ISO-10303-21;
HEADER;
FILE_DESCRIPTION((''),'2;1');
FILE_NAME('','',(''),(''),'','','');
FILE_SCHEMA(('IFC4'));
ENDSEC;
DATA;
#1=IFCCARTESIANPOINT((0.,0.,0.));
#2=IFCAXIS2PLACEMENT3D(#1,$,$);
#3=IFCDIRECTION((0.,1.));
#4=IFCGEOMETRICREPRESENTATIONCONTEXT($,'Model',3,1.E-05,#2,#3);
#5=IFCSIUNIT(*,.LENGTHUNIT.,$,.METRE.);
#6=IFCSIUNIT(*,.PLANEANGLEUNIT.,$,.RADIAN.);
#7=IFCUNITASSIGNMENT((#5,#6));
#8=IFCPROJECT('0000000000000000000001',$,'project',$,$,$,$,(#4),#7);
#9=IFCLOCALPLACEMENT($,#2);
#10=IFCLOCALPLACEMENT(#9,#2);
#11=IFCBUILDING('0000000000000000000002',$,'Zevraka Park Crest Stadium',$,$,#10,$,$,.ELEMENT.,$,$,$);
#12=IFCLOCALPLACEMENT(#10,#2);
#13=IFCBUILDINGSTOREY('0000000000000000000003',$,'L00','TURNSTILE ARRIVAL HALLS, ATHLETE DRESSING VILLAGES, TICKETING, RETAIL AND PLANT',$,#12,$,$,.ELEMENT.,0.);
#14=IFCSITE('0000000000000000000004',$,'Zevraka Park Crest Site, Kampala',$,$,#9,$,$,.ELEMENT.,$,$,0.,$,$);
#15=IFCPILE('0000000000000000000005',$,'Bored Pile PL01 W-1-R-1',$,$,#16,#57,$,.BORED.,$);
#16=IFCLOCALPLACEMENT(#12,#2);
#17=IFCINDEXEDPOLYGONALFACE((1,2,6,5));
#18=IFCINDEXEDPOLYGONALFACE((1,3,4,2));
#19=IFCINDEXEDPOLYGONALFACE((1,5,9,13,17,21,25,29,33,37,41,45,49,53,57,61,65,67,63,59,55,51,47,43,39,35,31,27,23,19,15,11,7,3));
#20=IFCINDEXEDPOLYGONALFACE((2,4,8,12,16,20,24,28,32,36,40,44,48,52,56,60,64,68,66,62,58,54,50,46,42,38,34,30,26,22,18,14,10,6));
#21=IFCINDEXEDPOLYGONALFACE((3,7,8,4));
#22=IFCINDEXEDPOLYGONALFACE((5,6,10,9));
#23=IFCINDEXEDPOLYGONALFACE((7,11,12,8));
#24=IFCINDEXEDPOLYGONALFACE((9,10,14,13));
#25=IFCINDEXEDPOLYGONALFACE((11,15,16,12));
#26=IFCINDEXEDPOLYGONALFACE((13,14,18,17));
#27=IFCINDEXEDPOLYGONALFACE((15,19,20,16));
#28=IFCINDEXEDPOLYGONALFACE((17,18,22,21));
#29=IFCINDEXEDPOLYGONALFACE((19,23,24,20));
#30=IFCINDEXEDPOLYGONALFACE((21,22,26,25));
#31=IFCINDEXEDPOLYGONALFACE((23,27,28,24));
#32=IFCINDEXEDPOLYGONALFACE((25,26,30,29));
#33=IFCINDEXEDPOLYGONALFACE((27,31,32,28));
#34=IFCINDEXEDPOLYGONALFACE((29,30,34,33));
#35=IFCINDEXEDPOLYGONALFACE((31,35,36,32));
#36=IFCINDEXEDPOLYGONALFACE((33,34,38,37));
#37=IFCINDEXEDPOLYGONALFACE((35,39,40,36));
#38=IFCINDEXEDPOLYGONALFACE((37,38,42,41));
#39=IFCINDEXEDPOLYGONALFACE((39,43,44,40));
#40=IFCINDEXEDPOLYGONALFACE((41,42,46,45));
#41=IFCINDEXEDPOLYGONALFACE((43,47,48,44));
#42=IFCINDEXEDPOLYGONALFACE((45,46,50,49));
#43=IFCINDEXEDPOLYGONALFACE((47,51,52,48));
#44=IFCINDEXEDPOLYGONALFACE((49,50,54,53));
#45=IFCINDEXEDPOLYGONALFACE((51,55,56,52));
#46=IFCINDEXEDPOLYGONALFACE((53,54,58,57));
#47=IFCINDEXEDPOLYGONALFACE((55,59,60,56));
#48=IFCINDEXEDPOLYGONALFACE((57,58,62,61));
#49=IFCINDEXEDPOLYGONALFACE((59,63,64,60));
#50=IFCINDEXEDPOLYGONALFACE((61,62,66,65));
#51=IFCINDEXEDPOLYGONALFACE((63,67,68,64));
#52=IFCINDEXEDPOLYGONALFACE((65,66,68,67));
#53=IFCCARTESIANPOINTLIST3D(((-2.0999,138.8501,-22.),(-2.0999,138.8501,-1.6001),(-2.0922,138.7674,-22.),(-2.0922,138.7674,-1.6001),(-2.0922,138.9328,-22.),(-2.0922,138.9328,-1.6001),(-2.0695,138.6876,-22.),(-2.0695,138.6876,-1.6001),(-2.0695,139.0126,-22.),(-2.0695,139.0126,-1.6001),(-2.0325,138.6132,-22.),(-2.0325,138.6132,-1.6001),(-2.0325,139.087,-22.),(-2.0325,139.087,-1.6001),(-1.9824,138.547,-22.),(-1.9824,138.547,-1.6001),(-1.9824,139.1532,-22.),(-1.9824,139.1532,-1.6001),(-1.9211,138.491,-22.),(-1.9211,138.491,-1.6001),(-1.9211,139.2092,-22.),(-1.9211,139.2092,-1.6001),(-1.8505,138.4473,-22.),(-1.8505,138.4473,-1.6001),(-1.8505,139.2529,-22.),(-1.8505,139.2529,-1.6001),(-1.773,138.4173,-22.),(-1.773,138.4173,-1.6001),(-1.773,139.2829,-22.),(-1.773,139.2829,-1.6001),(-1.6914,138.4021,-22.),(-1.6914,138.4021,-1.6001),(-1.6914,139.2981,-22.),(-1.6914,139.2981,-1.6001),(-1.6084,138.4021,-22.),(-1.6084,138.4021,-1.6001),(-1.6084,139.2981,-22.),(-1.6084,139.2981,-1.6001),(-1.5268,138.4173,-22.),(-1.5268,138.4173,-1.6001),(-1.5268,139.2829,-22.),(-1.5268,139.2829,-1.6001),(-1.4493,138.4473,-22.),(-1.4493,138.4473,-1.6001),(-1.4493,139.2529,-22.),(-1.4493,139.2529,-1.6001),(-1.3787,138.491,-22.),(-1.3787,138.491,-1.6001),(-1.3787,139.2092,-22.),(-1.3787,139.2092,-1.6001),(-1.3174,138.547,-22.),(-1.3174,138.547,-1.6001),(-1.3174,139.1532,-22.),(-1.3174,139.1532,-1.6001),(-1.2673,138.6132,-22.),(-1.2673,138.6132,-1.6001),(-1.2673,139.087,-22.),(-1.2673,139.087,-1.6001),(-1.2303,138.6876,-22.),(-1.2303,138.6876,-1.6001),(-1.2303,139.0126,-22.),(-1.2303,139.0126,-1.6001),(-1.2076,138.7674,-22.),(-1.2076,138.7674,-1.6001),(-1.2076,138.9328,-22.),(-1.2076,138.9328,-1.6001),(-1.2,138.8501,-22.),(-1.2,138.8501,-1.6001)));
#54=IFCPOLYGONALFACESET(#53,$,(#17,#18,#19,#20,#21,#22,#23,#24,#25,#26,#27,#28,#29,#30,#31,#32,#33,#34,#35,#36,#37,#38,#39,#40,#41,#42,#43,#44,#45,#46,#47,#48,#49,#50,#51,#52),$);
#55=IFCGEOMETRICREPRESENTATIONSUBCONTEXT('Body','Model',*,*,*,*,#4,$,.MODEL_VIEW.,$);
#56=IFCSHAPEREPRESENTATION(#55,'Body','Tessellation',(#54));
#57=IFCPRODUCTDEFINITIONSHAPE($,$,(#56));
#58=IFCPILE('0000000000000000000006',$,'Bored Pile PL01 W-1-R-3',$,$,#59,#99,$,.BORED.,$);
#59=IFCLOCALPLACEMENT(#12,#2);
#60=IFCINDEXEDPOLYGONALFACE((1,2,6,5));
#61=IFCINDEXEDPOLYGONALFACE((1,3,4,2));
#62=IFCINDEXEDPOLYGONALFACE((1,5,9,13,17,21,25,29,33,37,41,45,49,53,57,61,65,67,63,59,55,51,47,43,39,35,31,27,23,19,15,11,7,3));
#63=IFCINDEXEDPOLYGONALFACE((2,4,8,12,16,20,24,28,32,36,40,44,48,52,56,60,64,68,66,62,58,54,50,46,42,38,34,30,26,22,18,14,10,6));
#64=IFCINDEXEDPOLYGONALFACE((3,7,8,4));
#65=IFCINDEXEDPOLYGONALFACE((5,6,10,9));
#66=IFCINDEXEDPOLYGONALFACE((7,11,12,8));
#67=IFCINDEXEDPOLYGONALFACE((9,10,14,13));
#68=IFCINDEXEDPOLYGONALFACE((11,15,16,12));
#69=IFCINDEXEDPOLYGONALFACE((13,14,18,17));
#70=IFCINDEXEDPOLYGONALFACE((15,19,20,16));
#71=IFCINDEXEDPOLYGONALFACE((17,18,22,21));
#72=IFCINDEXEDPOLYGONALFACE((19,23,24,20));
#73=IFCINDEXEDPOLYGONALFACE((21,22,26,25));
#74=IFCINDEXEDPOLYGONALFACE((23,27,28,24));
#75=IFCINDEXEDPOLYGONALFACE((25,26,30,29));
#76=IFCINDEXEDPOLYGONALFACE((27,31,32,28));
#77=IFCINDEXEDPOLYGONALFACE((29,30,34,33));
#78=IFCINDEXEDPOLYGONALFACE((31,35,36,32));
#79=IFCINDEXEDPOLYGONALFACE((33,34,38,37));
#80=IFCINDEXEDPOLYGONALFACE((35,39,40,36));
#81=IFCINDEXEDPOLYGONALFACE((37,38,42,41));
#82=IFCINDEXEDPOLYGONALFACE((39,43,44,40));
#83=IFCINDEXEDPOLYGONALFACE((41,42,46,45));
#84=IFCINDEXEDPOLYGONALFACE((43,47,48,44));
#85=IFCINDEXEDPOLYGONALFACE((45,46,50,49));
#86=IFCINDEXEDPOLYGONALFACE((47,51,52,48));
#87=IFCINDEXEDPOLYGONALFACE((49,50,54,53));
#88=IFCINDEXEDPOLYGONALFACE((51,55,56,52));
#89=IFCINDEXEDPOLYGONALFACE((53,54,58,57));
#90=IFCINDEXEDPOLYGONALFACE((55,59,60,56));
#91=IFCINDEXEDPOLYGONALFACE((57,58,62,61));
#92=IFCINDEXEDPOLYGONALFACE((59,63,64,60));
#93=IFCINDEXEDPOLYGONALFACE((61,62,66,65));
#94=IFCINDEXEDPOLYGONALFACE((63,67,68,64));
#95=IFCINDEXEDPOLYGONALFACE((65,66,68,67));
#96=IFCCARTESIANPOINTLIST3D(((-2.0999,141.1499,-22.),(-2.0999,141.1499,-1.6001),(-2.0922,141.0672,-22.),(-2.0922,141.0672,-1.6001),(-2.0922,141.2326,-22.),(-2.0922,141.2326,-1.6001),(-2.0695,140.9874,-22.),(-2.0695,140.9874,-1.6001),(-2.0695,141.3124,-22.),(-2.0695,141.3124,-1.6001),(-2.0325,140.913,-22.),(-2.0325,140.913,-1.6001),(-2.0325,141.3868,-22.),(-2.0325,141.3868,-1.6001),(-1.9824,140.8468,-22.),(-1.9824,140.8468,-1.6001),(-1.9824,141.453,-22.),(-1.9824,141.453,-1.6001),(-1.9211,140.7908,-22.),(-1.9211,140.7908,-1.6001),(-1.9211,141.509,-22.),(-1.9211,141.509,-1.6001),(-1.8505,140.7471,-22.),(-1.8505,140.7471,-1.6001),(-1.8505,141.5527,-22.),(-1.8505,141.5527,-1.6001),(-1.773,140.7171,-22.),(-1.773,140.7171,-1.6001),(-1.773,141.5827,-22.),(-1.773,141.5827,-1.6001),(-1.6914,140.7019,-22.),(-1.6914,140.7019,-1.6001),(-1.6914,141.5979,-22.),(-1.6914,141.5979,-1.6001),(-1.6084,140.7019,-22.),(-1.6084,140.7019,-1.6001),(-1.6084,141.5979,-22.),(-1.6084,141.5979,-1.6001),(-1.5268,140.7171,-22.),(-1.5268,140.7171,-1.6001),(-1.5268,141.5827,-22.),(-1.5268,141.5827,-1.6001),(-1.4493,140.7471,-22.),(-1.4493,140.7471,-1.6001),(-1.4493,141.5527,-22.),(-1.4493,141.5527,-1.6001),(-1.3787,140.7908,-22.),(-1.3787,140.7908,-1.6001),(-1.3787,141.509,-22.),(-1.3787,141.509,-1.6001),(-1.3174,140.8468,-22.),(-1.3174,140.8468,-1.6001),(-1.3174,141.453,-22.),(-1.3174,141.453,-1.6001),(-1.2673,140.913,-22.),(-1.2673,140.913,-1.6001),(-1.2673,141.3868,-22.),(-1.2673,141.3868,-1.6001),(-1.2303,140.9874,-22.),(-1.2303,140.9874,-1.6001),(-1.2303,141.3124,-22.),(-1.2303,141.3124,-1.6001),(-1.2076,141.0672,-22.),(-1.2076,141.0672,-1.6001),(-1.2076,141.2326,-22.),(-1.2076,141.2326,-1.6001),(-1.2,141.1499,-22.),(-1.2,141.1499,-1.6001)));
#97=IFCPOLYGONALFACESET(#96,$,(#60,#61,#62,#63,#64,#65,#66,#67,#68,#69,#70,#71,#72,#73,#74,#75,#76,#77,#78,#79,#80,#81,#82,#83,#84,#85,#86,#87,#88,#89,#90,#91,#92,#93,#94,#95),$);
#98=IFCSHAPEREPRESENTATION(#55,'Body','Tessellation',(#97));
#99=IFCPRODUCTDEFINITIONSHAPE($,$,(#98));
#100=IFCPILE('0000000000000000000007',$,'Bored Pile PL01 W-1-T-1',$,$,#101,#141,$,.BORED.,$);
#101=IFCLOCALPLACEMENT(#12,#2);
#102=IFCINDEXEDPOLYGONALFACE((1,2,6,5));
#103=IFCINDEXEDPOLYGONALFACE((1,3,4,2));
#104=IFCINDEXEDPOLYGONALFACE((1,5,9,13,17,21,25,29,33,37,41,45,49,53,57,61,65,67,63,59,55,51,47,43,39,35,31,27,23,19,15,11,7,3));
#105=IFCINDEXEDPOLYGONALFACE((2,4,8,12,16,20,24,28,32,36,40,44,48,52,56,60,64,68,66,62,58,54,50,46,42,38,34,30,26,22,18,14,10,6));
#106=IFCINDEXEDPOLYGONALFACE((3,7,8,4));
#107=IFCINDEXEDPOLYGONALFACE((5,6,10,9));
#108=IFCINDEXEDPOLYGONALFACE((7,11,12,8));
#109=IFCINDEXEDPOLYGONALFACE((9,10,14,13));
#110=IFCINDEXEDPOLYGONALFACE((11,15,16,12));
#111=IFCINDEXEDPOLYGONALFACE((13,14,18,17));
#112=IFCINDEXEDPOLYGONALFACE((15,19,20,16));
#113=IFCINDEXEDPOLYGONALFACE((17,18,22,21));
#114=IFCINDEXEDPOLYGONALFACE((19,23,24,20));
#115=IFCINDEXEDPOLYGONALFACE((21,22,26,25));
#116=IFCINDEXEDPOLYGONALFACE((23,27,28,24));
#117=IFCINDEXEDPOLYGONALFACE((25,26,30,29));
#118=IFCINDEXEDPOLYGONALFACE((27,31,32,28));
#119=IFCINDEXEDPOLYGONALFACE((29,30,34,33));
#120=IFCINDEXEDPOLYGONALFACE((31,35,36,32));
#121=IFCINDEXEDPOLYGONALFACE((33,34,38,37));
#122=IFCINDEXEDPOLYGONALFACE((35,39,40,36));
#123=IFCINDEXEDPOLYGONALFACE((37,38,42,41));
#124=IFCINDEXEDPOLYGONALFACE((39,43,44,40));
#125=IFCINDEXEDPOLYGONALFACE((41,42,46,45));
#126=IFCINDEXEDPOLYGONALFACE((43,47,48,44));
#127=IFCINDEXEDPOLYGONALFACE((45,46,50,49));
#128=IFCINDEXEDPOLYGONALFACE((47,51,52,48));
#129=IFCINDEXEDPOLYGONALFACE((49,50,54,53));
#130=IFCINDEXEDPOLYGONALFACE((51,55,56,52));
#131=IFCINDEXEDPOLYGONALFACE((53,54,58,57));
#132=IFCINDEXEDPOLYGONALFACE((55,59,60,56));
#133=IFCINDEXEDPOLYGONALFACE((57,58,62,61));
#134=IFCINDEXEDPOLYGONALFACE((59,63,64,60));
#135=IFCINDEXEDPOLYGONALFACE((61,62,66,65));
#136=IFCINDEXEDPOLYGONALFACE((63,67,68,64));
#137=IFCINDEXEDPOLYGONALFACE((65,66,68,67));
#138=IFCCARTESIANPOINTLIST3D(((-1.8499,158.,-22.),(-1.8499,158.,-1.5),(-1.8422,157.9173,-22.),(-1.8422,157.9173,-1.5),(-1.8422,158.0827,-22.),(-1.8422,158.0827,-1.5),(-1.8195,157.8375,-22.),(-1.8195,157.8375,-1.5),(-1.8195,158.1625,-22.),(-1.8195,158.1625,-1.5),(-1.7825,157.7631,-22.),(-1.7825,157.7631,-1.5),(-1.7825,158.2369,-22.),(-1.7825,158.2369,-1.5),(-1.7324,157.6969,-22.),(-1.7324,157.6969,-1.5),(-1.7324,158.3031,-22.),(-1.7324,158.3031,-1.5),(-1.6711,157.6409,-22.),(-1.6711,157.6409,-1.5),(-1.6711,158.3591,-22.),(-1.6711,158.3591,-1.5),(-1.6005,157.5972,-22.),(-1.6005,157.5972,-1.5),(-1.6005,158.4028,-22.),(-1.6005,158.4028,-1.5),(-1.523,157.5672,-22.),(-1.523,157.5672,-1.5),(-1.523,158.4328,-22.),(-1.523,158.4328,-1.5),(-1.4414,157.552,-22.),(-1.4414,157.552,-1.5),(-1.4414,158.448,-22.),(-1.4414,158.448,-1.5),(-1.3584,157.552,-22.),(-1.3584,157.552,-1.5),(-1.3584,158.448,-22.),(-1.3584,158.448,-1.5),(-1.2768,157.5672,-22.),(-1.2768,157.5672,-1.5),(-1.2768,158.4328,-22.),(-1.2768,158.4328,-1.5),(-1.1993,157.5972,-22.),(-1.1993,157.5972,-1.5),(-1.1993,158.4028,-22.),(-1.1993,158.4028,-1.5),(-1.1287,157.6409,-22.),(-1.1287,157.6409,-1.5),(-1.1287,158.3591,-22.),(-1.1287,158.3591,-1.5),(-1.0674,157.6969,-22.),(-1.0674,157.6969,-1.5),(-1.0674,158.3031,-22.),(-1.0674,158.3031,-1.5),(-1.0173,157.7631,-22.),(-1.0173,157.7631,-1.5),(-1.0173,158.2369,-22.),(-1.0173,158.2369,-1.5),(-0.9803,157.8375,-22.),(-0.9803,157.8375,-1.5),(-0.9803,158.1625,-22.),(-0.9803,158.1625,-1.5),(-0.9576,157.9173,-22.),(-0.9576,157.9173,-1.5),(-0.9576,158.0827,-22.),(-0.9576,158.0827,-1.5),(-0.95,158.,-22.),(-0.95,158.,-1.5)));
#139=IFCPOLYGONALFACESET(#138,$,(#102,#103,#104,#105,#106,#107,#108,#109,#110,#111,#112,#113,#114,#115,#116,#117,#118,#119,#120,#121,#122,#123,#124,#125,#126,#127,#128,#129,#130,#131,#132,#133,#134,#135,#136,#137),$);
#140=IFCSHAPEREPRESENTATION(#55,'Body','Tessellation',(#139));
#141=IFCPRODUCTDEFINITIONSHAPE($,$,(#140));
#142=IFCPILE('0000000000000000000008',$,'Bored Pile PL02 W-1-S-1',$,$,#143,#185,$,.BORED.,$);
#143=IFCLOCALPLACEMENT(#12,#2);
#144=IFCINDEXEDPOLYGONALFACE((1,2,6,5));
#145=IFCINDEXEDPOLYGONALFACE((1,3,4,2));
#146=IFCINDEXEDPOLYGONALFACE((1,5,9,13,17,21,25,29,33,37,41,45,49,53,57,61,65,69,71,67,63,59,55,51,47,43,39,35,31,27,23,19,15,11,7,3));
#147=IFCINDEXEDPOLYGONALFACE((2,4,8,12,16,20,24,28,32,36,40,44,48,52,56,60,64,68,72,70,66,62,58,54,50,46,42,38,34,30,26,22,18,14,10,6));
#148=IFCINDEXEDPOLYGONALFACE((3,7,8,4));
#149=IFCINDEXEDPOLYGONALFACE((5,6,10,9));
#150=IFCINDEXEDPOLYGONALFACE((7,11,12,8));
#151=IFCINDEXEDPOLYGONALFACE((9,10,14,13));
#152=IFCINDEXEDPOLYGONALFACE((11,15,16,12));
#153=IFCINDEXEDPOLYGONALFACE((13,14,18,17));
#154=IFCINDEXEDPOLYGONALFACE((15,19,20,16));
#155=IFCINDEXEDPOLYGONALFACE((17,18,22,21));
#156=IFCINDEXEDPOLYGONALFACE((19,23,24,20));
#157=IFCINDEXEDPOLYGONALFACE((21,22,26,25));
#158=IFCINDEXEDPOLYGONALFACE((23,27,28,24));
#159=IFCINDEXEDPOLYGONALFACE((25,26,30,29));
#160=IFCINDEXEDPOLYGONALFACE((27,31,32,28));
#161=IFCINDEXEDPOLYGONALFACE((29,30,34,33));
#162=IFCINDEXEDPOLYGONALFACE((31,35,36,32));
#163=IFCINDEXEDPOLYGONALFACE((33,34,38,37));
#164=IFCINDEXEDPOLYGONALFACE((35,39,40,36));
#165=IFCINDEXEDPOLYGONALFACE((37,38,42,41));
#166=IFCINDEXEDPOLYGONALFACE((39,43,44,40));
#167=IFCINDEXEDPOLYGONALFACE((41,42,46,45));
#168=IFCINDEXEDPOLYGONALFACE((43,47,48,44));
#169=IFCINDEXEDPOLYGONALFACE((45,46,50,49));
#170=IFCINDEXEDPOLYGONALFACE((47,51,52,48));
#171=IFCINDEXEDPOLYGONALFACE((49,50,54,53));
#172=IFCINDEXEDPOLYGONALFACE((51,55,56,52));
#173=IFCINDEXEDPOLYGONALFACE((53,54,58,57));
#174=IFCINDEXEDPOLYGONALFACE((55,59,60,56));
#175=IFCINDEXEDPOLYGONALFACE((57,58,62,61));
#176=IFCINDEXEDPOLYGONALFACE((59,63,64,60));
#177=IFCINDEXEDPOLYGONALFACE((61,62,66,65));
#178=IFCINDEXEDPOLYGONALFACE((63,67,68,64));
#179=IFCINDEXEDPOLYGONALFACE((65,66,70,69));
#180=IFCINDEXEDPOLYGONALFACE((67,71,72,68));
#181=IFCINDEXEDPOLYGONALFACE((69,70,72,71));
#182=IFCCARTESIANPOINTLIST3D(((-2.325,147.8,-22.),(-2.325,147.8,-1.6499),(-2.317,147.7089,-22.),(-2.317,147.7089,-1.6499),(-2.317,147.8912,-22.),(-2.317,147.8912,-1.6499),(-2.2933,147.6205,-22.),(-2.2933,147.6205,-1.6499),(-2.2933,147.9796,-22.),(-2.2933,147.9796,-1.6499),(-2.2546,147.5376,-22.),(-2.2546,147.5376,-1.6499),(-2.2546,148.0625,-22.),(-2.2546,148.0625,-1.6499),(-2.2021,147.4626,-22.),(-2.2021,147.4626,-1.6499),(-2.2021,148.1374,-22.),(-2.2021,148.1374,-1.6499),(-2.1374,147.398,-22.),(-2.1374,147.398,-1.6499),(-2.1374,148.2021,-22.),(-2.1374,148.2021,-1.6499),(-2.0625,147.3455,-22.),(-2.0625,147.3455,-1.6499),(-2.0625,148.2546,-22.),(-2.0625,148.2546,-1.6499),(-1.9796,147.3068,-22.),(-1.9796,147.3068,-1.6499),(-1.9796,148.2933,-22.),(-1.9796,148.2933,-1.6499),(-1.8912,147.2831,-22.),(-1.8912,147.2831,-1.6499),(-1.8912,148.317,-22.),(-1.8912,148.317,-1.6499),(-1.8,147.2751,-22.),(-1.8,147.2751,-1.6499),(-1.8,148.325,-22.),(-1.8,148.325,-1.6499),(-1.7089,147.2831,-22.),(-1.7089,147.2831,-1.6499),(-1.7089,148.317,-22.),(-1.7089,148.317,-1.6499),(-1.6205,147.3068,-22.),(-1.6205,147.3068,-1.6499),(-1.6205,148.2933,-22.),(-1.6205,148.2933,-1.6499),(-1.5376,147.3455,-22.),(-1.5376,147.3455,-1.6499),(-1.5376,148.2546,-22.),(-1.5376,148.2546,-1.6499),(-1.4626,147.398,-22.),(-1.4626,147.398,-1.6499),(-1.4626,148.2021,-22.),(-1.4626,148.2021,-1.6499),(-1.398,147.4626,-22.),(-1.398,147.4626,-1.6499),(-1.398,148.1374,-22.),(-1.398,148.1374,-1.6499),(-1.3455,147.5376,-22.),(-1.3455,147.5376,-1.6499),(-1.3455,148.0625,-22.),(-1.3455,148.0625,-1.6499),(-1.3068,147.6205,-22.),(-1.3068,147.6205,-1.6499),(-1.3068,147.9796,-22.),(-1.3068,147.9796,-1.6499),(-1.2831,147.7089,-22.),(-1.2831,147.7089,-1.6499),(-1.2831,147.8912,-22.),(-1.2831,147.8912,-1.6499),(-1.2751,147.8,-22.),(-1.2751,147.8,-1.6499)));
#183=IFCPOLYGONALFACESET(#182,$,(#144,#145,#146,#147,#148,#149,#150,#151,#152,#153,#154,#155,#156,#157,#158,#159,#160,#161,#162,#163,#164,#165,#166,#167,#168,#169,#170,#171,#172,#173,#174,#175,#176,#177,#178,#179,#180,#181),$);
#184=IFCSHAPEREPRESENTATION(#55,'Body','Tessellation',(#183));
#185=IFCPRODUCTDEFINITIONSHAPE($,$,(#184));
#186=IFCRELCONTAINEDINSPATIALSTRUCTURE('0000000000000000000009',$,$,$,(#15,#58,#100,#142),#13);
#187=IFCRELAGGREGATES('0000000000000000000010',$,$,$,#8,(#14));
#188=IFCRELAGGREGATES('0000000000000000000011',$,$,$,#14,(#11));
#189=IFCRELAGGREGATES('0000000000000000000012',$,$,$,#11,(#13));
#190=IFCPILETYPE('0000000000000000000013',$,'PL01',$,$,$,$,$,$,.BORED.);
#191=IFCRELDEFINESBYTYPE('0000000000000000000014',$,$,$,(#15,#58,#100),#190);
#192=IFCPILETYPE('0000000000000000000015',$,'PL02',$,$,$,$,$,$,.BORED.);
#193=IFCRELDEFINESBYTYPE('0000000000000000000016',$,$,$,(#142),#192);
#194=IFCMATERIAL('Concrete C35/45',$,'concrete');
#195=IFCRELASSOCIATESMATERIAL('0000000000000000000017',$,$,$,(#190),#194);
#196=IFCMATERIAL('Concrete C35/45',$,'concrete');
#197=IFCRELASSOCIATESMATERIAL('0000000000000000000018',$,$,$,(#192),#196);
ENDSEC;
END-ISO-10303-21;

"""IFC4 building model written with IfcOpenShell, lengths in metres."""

from ifc_helpers import new_model, si_unit, direction, frame, origin, origin_2d, place, context, subcontext, project, spatial, circle, extrude, material, material_profile, profile_set, type_object, element, save


model = new_model("IFC4")

# Units and contexts
model_context = context("Model", 3, precision=1e-05, world=origin(), true_north=direction((0.0, 1.0)))
body_context = subcontext(model_context, "Body", "Model", "MODEL_VIEW")
ifc_project = project(units=[si_unit("LENGTHUNIT", "METRE"), si_unit("PLANEANGLEUNIT", "RADIAN")], contexts=[model_context])

# Site, building, storey
site_placement = place(None, origin())
site = spatial("IfcSite", under=ifc_project, at=site_placement, Name="Zevraka Park Crest Site, Kampala", CompositionType="ELEMENT", RefElevation=0.0)
building_placement = place(site_placement, origin())
building = spatial("IfcBuilding", under=site, at=building_placement, Name="Zevraka Park Crest Stadium", CompositionType="ELEMENT")
storey_placement = place(building_placement, origin())
storey = spatial("IfcBuildingStorey", under=building, at=storey_placement, Name="L00", Description="TURNSTILE ARRIVAL HALLS, ATHLETE DRESSING VILLAGES, TICKETING, RETAIL AND PLANT", CompositionType="ELEMENT", Elevation=0.0)

# Piles
ifc_material_1 = material(Name="Concrete C35/45", Category="concrete")
ifc_material_profile_1 = material_profile(ifc_material_1, circle(Radius=0.45, at=origin_2d()), Name="PILE D900")
ifc_profile_set_1 = profile_set([ifc_material_profile_1], Name="Concrete C35/45")
pile_type_1 = type_object("IfcPileType", Name="PL01", PredefinedType="BORED", material=ifc_profile_set_1)
for number, where, z_axis, x_axis, name in (
    (1, (-1.6499, 138.8501, -1.6001), (0.0, 0.0, -1.0), (1.0, 0.0, 0.0), "Bored Pile PL01 W-1-R-1"),
    (2, (-1.6499, 141.1499, -1.6001), (0.0, 0.0, -1.0), (1.0, 0.0, 0.0), "Bored Pile PL01 W-1-R-3"),
):
    element("IfcPile", number, at=place(storey_placement, frame(where, z_axis=z_axis, x_axis=x_axis)), inside=storey, type_object=pile_type_1, Name=name, PredefinedType="BORED", context=body_context, shape_type="SweptSolid", body=[
        extrude(circle(Radius=0.45, at=origin_2d()), origin(), (0.0, 0.0, 1.0), 20.3999),
    ])
pile_placement = place(storey_placement, frame((-1.3999, 158.0, -1.5), z_axis=(0.0, 0.0, -1.0), x_axis=(1.0, 0.0, 0.0)))
element("IfcPile", 3, at=pile_placement, inside=storey, type_object=pile_type_1, Name="Bored Pile PL01 W-1-T-1", PredefinedType="BORED", context=body_context, shape_type="SweptSolid", body=[
    extrude(circle(Radius=0.45, at=origin_2d()), origin(), (0.0, 0.0, 1.0), 20.5),
])
ifc_material_2 = material(Name="Concrete C35/45", Category="concrete")
ifc_material_profile_2 = material_profile(ifc_material_2, circle(Radius=0.5249, at=origin_2d()), Name="PILE D1050")
ifc_profile_set_2 = profile_set([ifc_material_profile_2], Name="Concrete C35/45")
pile_type_2 = type_object("IfcPileType", Name="PL02", PredefinedType="BORED", material=ifc_profile_set_2)
for number, where, z_axis, x_axis, name in (
    (4, (-1.8, 147.8, -1.6499), (0.0, 0.0, -1.0), (1.0, 0.0, 0.0), "Bored Pile PL02 W-1-S-1"),
):
    element("IfcPile", number, at=place(storey_placement, frame(where, z_axis=z_axis, x_axis=x_axis)), inside=storey, type_object=pile_type_2, Name=name, PredefinedType="BORED", context=body_context, shape_type="SweptSolid", body=[
        extrude(circle(Radius=0.5249, at=origin_2d()), origin(), (0.0, 0.0, 1.0), 20.3501),
    ])

save(model, "model.ifc")
